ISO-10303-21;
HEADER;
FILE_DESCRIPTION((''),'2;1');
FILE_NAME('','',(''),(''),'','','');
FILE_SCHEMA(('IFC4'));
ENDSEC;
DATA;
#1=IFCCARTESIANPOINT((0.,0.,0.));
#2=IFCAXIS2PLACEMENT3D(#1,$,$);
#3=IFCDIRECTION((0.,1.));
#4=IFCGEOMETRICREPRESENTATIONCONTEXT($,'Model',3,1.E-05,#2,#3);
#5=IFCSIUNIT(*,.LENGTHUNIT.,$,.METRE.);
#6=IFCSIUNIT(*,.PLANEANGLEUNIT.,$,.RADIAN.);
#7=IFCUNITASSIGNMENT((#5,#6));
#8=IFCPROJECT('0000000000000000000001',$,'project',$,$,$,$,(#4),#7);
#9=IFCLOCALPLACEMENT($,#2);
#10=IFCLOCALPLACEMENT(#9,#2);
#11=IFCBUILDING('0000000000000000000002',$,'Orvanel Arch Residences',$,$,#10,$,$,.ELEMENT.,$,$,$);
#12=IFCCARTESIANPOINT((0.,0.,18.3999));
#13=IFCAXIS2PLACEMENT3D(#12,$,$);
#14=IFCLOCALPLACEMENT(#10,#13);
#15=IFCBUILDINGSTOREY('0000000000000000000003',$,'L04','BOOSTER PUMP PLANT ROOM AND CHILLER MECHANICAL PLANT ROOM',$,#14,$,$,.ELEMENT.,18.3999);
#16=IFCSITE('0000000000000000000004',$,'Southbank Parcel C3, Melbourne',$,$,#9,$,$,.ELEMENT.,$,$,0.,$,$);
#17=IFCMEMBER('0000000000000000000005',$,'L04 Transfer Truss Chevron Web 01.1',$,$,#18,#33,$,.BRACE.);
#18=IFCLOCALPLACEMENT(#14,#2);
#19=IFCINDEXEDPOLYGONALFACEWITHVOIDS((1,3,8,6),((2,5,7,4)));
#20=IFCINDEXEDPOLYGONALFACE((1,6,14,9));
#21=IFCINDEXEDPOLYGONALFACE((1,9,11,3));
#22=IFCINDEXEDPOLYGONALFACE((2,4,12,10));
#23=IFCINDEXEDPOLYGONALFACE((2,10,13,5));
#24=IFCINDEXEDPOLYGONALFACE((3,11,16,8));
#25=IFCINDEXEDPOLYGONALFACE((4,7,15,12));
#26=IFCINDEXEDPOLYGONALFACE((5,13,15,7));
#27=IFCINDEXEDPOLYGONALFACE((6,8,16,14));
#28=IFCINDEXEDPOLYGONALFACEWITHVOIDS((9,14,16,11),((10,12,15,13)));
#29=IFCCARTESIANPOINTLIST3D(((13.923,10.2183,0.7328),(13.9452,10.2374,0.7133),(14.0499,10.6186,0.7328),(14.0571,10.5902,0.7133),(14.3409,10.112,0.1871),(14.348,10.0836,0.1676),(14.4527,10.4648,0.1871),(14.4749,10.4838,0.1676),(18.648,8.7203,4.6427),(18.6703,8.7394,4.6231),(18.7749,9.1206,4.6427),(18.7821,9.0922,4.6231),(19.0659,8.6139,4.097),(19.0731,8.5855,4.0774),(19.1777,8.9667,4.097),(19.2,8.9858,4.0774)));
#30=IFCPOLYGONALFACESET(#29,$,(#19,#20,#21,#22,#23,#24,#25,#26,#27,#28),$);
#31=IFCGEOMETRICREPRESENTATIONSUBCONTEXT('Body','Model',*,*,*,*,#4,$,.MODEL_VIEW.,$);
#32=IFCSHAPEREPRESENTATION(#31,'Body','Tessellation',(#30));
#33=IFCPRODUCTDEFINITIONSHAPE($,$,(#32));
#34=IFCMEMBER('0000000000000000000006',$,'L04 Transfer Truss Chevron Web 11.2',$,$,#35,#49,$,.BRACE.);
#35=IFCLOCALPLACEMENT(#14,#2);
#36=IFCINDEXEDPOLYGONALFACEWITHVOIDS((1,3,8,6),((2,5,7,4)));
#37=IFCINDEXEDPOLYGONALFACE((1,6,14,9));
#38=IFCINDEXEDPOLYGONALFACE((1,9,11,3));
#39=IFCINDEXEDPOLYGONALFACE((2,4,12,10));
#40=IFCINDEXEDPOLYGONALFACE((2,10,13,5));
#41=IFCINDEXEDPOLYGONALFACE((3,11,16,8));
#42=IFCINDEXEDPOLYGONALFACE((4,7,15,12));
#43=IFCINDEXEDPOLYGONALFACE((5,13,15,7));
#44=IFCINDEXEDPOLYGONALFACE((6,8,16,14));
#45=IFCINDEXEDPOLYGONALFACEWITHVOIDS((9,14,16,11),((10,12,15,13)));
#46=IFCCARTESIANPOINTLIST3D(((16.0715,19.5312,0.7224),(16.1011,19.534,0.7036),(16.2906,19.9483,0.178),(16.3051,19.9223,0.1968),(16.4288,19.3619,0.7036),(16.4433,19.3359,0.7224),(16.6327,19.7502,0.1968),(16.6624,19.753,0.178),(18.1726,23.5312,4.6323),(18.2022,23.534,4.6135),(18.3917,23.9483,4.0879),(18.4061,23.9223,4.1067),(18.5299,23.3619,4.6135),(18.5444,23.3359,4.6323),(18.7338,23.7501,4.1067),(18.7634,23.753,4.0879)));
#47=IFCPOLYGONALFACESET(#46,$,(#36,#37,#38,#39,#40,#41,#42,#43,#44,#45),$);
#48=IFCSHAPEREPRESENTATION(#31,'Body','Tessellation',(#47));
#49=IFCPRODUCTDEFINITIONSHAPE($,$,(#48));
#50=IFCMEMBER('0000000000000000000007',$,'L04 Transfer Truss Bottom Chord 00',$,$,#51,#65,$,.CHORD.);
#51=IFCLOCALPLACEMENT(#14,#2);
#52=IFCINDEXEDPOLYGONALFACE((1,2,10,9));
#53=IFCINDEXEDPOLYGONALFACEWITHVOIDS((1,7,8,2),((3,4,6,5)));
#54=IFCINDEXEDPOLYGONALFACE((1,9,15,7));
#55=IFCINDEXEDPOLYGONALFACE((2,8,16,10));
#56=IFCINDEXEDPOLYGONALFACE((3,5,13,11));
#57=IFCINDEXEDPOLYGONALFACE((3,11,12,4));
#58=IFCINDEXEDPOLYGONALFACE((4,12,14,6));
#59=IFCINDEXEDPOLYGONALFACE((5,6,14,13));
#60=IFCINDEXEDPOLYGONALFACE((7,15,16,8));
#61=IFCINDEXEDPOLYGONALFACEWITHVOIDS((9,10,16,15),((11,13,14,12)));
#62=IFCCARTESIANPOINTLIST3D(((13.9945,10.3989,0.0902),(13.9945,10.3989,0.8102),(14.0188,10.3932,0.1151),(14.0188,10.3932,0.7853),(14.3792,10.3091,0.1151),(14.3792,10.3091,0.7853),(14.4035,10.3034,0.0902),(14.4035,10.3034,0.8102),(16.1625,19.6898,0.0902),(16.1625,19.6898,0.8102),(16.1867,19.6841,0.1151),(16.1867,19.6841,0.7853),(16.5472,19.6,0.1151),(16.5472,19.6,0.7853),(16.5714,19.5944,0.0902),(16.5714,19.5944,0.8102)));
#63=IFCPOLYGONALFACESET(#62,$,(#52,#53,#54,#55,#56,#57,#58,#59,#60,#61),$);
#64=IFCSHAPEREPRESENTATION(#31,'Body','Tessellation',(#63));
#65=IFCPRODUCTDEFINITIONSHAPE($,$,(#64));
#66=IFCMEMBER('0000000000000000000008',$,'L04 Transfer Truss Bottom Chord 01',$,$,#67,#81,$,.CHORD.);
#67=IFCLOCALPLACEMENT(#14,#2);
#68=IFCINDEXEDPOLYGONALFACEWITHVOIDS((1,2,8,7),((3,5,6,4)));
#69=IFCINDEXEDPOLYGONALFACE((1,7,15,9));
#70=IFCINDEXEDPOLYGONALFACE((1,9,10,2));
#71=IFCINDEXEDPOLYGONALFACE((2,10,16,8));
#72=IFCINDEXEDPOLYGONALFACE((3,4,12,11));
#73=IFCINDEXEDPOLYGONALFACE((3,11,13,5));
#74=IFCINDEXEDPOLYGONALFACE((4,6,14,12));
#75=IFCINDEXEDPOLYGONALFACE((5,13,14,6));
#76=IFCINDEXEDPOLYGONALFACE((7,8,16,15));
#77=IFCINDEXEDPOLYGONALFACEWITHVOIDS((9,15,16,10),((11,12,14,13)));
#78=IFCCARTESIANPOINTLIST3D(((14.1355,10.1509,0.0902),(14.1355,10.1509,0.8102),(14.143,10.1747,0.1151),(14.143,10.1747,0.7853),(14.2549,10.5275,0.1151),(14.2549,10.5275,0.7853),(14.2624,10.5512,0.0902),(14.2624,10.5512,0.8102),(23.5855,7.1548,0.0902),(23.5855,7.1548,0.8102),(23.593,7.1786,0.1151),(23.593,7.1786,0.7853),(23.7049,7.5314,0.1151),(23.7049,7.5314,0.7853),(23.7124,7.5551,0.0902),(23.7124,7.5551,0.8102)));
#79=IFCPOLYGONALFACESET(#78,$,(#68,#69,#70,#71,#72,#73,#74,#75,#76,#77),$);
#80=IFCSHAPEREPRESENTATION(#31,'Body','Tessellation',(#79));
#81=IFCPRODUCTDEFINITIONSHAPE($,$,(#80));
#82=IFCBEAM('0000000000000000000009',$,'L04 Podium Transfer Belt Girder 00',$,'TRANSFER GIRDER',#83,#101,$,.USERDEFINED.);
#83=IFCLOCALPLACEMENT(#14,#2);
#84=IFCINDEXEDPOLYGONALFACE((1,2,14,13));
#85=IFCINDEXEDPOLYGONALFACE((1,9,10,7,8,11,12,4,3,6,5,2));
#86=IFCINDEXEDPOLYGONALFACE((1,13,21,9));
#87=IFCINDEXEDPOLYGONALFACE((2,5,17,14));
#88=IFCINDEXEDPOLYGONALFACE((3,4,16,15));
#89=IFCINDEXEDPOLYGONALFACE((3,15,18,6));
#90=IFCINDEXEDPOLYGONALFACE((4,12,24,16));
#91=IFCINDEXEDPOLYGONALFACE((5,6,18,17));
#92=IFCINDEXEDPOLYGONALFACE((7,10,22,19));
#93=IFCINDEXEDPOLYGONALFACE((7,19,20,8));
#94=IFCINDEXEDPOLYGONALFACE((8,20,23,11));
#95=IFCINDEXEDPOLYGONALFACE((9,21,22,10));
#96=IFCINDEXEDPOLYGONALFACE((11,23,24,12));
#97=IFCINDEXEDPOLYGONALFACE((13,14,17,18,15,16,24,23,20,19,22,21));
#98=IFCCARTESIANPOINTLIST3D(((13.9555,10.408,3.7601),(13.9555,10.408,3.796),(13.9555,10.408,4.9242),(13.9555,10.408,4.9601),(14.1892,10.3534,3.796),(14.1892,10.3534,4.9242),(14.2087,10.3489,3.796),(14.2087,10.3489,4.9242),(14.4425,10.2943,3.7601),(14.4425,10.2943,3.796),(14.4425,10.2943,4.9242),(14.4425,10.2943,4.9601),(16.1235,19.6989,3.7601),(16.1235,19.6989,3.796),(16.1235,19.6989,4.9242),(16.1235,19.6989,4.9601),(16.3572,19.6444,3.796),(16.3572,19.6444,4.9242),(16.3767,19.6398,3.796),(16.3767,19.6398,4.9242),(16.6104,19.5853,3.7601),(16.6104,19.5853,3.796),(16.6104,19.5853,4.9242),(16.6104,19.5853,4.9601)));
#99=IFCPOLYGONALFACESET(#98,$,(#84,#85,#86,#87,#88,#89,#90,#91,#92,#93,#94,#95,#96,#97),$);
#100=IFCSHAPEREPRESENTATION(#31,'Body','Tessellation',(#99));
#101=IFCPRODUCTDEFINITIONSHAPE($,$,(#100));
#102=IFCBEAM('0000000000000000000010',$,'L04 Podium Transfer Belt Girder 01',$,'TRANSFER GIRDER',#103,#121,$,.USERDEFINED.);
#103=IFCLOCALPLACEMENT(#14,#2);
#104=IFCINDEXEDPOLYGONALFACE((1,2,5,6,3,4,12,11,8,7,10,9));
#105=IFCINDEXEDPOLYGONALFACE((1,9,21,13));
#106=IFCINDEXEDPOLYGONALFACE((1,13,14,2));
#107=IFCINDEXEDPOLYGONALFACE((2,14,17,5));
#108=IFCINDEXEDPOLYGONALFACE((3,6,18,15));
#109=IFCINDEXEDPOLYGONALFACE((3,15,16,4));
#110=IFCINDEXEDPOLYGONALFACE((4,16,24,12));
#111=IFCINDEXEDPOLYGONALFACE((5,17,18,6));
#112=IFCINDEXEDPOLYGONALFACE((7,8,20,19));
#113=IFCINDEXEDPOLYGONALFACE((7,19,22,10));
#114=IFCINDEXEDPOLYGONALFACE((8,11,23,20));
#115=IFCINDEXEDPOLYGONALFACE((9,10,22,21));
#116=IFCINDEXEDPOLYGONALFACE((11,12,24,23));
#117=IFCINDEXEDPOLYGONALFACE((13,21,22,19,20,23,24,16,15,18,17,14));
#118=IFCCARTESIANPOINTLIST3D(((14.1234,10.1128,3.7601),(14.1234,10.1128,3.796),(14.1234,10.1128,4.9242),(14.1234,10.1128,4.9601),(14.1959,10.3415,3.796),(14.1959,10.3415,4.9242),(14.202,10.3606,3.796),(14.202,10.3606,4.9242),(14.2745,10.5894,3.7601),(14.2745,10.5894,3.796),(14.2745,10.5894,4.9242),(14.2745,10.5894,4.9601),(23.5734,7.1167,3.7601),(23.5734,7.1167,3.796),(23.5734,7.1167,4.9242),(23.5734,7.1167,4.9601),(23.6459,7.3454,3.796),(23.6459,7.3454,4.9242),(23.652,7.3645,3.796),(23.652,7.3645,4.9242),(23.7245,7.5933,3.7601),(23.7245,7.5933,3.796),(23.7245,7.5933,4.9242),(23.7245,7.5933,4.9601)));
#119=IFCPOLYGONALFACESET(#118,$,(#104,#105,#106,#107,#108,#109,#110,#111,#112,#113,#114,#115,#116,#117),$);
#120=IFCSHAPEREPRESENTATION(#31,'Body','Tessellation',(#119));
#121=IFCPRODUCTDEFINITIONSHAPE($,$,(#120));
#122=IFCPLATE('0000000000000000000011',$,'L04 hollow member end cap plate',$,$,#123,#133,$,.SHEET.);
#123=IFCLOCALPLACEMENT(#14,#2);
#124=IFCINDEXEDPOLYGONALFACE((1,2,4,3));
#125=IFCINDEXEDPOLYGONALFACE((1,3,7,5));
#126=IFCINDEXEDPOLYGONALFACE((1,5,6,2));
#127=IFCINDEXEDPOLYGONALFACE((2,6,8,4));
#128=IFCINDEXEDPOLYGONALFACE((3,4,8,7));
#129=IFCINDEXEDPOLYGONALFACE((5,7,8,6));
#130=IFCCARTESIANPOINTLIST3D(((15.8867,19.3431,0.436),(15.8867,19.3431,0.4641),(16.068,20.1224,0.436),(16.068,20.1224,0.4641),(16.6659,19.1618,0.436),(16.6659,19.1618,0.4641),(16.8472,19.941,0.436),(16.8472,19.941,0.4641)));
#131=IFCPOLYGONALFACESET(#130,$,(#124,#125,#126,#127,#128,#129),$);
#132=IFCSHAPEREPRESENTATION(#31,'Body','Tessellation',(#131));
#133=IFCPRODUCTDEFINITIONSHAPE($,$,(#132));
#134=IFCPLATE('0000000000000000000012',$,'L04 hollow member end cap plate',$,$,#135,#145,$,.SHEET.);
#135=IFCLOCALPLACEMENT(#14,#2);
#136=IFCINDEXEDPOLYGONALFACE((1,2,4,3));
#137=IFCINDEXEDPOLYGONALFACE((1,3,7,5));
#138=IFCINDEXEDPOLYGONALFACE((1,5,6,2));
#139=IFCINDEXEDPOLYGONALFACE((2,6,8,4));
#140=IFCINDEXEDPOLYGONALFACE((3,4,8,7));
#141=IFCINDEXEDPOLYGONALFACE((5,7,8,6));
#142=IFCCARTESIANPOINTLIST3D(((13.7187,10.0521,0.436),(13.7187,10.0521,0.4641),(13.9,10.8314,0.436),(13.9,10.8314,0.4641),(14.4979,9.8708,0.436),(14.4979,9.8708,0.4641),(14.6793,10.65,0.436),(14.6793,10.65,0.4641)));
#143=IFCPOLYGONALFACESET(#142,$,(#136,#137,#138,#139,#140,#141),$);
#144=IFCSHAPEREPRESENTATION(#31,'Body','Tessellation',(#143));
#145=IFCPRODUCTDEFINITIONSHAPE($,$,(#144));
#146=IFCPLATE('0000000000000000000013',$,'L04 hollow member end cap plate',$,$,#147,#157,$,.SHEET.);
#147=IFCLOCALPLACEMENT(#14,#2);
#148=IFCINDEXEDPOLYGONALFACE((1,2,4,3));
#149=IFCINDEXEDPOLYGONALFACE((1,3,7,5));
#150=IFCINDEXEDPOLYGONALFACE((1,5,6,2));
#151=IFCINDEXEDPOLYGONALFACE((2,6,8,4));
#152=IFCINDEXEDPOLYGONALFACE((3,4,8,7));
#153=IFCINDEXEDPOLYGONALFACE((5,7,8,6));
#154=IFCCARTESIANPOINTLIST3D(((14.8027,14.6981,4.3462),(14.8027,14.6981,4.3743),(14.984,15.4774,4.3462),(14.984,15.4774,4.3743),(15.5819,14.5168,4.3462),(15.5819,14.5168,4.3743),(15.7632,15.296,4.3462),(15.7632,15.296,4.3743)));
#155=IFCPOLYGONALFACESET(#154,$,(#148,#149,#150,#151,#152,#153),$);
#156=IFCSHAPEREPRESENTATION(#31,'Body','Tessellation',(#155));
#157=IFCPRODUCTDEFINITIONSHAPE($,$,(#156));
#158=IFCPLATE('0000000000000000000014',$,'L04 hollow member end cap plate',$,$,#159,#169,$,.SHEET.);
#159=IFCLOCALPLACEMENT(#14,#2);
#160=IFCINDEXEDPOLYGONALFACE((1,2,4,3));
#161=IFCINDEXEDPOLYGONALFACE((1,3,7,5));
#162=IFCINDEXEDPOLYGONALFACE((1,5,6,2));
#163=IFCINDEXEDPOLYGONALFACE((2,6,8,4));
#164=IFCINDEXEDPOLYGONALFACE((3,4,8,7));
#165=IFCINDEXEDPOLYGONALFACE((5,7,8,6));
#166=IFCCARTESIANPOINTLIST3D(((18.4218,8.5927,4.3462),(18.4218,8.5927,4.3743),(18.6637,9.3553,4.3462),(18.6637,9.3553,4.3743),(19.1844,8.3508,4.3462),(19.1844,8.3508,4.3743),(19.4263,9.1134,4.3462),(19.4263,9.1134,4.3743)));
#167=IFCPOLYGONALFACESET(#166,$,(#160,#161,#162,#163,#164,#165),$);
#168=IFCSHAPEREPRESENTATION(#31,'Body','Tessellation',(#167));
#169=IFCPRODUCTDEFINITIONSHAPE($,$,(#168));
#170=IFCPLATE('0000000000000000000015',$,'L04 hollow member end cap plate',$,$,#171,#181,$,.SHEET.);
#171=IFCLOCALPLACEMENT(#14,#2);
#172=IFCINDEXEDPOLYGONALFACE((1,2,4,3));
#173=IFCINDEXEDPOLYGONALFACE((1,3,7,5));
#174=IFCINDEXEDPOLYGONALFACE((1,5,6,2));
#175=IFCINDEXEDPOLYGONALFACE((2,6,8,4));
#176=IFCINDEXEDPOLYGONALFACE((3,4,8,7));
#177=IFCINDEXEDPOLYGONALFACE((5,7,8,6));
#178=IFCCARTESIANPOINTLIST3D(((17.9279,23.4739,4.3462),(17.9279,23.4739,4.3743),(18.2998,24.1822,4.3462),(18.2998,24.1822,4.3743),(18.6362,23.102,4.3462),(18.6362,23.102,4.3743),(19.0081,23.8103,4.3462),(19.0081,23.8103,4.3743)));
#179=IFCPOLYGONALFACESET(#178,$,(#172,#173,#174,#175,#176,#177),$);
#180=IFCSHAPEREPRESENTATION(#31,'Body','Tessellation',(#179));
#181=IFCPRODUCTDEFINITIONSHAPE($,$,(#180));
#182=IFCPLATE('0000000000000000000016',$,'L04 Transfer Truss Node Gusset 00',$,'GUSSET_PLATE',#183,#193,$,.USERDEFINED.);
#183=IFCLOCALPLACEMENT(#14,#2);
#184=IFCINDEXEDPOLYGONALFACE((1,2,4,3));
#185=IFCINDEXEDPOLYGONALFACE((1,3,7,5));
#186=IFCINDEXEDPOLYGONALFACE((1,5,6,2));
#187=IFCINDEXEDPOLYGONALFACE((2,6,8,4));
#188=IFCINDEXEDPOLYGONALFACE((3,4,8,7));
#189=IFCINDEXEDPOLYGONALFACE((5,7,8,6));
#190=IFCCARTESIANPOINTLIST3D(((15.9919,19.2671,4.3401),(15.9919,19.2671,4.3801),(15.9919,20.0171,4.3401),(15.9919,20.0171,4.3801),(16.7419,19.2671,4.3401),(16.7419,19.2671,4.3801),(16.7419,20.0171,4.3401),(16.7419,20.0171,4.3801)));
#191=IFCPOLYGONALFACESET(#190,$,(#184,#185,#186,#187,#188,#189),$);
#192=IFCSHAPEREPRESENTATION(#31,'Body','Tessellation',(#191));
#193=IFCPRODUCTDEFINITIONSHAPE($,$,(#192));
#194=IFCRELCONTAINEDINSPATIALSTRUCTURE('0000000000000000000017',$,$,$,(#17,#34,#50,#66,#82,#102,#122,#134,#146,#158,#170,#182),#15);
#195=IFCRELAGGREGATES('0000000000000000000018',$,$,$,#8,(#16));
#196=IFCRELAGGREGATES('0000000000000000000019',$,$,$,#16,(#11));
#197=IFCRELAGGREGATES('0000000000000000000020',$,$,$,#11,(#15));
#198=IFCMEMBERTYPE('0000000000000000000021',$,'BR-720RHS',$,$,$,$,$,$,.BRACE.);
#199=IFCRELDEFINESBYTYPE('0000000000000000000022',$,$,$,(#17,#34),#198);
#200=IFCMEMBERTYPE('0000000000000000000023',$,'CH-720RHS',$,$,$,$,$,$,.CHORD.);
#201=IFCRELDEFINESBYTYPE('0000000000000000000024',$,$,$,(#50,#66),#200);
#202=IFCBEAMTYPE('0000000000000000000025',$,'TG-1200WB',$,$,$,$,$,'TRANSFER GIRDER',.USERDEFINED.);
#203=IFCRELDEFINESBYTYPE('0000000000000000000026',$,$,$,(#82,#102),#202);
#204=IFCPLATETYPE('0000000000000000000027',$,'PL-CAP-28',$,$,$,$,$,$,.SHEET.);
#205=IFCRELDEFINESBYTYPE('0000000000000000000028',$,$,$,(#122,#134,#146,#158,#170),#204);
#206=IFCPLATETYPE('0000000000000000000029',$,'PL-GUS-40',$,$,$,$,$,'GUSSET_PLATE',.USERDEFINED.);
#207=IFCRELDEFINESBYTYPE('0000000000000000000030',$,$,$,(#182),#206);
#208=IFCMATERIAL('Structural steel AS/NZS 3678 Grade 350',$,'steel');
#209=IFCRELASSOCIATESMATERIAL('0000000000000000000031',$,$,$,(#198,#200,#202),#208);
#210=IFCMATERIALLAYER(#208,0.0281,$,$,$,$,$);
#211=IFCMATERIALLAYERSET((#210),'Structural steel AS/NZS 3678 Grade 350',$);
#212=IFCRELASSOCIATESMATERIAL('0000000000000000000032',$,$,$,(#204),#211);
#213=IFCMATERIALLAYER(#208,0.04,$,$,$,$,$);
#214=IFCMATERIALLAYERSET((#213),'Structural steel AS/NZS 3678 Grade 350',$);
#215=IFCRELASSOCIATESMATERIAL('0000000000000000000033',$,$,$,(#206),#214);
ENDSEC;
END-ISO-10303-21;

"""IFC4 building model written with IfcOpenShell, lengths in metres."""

from ifc_helpers import new_model, si_unit, direction, frame, origin, origin_2d, place, context, subcontext, project, spatial, rectangle, hollow_rectangle, i_section, extrude, material, layer, layer_set, material_profile, profile_set, type_object, element, save


model = new_model("IFC4")

# Units and contexts
model_context = context("Model", 3, precision=1e-05, world=origin(), true_north=direction((0.0, 1.0)))
body_context = subcontext(model_context, "Body", "Model", "MODEL_VIEW")
ifc_project = project(units=[si_unit("LENGTHUNIT", "METRE"), si_unit("PLANEANGLEUNIT", "RADIAN")], contexts=[model_context])

# Site, building, storey
site_placement = place(None, origin())
site = spatial("IfcSite", under=ifc_project, at=site_placement, Name="Southbank Parcel C3, Melbourne", CompositionType="ELEMENT", RefElevation=0.0)
building_placement = place(site_placement, origin())
building = spatial("IfcBuilding", under=site, at=building_placement, Name="Orvanel Arch Residences", CompositionType="ELEMENT")
storey_placement = place(building_placement, frame((0.0, 0.0, 18.3999)))
storey = spatial("IfcBuildingStorey", under=building, at=storey_placement, Name="L04", Description="BOOSTER PUMP PLANT ROOM AND CHILLER MECHANICAL PLANT ROOM", CompositionType="ELEMENT", Elevation=18.3999)

# Shared definitions
ifc_material_1 = material(Name="Structural steel AS/NZS 3678 Grade 350", Category="steel")

# Members
ifc_material_profile_1 = material_profile(ifc_material_1, hollow_rectangle(XDim=0.4199, YDim=0.72, WallThickness=0.0249, at=origin_2d()), Name="RHS720x420x25")
ifc_profile_set_1 = profile_set([ifc_material_profile_1], Name="Structural steel AS/NZS 3678 Grade 350")
member_type_1 = type_object("IfcMemberType", Name="BR-720RHS", PredefinedType="BRACE", material=ifc_profile_set_1)
member_1_placement = place(storey_placement, frame((14.199, 10.3511, 0.4502), z_axis=(0.748432, -0.237283, 0.619311), x_axis=(0.302215, 0.95324, 0.0)))
element("IfcMember", 1, at=member_1_placement, inside=storey, type_object=member_type_1, Name="L04 Transfer Truss Chevron Web 01.1", PredefinedType="BRACE", context=body_context, shape_type="SweptSolid", body=[
    extrude(hollow_rectangle(XDim=0.4199, YDim=0.72, WallThickness=0.0249, at=origin_2d()), origin(), (0.0, 0.0, 1.0), 6.3132),
])
member_2_placement = place(storey_placement, frame((16.3669, 19.6421, 0.4502), z_axis=(0.351638, 0.669444, 0.654367), x_axis=(-0.8853, 0.46502, 0.0)))
element("IfcMember", 2, at=member_2_placement, inside=storey, type_object=member_type_1, Name="L04 Transfer Truss Chevron Web 11.2", PredefinedType="BRACE", context=body_context, shape_type="SweptSolid", body=[
    extrude(hollow_rectangle(XDim=0.4199, YDim=0.72, WallThickness=0.0249, at=origin_2d()), origin(), (0.0, 0.0, 1.0), 5.9751),
])
ifc_material_profile_2 = material_profile(ifc_material_1, hollow_rectangle(XDim=0.4199, YDim=0.72, WallThickness=0.0249, at=origin_2d()), Name="RHS720x420x25")
ifc_profile_set_2 = profile_set([ifc_material_profile_2], Name="Structural steel AS/NZS 3678 Grade 350")
member_type_2 = type_object("IfcMemberType", Name="CH-720RHS", PredefinedType="CHORD", material=ifc_profile_set_2)
member_3_placement = place(storey_placement, frame((16.3669, 19.6421, 0.4502), z_axis=(-0.227236, -0.97384, 0.0), x_axis=(0.97384, -0.227236, 0.0)))
element("IfcMember", 3, at=member_3_placement, inside=storey, type_object=member_type_2, Name="L04 Transfer Truss Bottom Chord 00", PredefinedType="CHORD", context=body_context, shape_type="SweptSolid", body=[
    extrude(hollow_rectangle(XDim=0.4199, YDim=0.72, WallThickness=0.0249, at=origin_2d()), origin(), (0.0, 0.0, 1.0), 9.5405),
])
member_4_placement = place(storey_placement, frame((14.199, 10.3511, 0.4502), z_axis=(0.953237, -0.302223, 0.0), x_axis=(0.302223, 0.953237, 0.0)))
element("IfcMember", 4, at=member_4_placement, inside=storey, type_object=member_type_2, Name="L04 Transfer Truss Bottom Chord 01", PredefinedType="CHORD", context=body_context, shape_type="SweptSolid", body=[
    extrude(hollow_rectangle(XDim=0.4199, YDim=0.72, WallThickness=0.0249, at=origin_2d()), origin(), (0.0, 0.0, 1.0), 9.9136),
])

# Beams
ifc_material_profile_3 = material_profile(ifc_material_1, i_section(OverallWidth=0.5, OverallDepth=1.2, WebThickness=0.02, FlangeThickness=0.0359, at=origin_2d()), Name="1200WB455")
ifc_profile_set_3 = profile_set([ifc_material_profile_3], Name="Structural steel AS/NZS 3678 Grade 350")
beam_type_1 = type_object("IfcBeamType", Name="TG-1200WB", ElementType="TRANSFER GIRDER", PredefinedType="USERDEFINED", material=ifc_profile_set_3)
beam_1_placement = place(storey_placement, frame((16.3669, 19.6421, 4.3601), z_axis=(-0.227236, -0.97384, 0.0), x_axis=(0.97384, -0.227236, 0.0)))
element("IfcBeam", 5, at=beam_1_placement, inside=storey, type_object=beam_type_1, Name="L04 Podium Transfer Belt Girder 00", ObjectType="TRANSFER GIRDER", PredefinedType="USERDEFINED", context=body_context, shape_type="SweptSolid", body=[
    extrude(i_section(OverallWidth=0.5, OverallDepth=1.2, WebThickness=0.02, FlangeThickness=0.0359, at=origin_2d()), origin(), (0.0, 0.0, 1.0), 9.5405),
])
beam_2_placement = place(storey_placement, frame((14.199, 10.3511, 4.3601), z_axis=(0.953237, -0.302223, 0.0), x_axis=(0.302223, 0.953237, 0.0)))
element("IfcBeam", 6, at=beam_2_placement, inside=storey, type_object=beam_type_1, Name="L04 Podium Transfer Belt Girder 01", ObjectType="TRANSFER GIRDER", PredefinedType="USERDEFINED", context=body_context, shape_type="SweptSolid", body=[
    extrude(i_section(OverallWidth=0.5, OverallDepth=1.2, WebThickness=0.02, FlangeThickness=0.0359, at=origin_2d()), origin(), (0.0, 0.0, 1.0), 9.9136),
])

# Plates
ifc_layer_1 = layer(ifc_material_1, 0.0281)
ifc_layer_set_1 = layer_set([ifc_layer_1], Name="Structural steel AS/NZS 3678 Grade 350")
plate_type_1 = type_object("IfcPlateType", Name="PL-CAP-28", PredefinedType="SHEET", material=ifc_layer_set_1)
for number, where, z_axis, x_axis, name in (
    (7, (16.3669, 19.6421, 0.436), (0.0, 0.0, 1.0), (0.226651, 0.973976, 0.0), "L04 hollow member end cap plate"),
    (8, (14.199, 10.3511, 0.436), (0.0, 0.0, 1.0), (0.226651, 0.973976, 0.0), "L04 hollow member end cap plate"),
    (9, (15.283, 14.9971, 4.3462), (0.0, 0.0, 1.0), (0.226651, 0.973976, 0.0), "L04 hollow member end cap plate"),
    (10, (18.9241, 8.853, 4.3462), (0.0, 0.0, 1.0), (-0.953191, 0.30237, 0.0), "L04 hollow member end cap plate"),
    (11, (18.468, 23.6421, 4.3462), (0.0, 0.0, 1.0), (0.464842, 0.885394, 0.0), "L04 hollow member end cap plate"),
):
    element("IfcPlate", number, at=place(storey_placement, frame(where, z_axis=z_axis, x_axis=x_axis)), inside=storey, type_object=plate_type_1, Name=name, PredefinedType="SHEET", context=body_context, shape_type="SweptSolid", body=[
        extrude(rectangle(XDim=0.8, YDim=0.8, at=origin_2d()), origin(), (0.0, 0.0, 1.0), 0.0281),
    ])
ifc_layer_2 = layer(ifc_material_1, 0.04)
ifc_layer_set_2 = layer_set([ifc_layer_2], Name="Structural steel AS/NZS 3678 Grade 350")
plate_type_2 = type_object("IfcPlateType", Name="PL-GUS-40", ElementType="GUSSET_PLATE", PredefinedType="USERDEFINED", material=ifc_layer_set_2)
for number, where, z_axis, x_axis, name in (
    (12, (16.3669, 19.6421, 4.3401), (0.0, 0.0, 1.0), (1.0, 0.0, 0.0), "L04 Transfer Truss Node Gusset 00"),
):
    element("IfcPlate", number, at=place(storey_placement, frame(where, z_axis=z_axis, x_axis=x_axis)), inside=storey, type_object=plate_type_2, Name=name, ObjectType="GUSSET_PLATE", PredefinedType="USERDEFINED", context=body_context, shape_type="SweptSolid", body=[
        extrude(rectangle(XDim=0.75, YDim=0.75, at=origin_2d()), origin(), (0.0, 0.0, 1.0), 0.04),
    ])

save(model, "model.ifc")
